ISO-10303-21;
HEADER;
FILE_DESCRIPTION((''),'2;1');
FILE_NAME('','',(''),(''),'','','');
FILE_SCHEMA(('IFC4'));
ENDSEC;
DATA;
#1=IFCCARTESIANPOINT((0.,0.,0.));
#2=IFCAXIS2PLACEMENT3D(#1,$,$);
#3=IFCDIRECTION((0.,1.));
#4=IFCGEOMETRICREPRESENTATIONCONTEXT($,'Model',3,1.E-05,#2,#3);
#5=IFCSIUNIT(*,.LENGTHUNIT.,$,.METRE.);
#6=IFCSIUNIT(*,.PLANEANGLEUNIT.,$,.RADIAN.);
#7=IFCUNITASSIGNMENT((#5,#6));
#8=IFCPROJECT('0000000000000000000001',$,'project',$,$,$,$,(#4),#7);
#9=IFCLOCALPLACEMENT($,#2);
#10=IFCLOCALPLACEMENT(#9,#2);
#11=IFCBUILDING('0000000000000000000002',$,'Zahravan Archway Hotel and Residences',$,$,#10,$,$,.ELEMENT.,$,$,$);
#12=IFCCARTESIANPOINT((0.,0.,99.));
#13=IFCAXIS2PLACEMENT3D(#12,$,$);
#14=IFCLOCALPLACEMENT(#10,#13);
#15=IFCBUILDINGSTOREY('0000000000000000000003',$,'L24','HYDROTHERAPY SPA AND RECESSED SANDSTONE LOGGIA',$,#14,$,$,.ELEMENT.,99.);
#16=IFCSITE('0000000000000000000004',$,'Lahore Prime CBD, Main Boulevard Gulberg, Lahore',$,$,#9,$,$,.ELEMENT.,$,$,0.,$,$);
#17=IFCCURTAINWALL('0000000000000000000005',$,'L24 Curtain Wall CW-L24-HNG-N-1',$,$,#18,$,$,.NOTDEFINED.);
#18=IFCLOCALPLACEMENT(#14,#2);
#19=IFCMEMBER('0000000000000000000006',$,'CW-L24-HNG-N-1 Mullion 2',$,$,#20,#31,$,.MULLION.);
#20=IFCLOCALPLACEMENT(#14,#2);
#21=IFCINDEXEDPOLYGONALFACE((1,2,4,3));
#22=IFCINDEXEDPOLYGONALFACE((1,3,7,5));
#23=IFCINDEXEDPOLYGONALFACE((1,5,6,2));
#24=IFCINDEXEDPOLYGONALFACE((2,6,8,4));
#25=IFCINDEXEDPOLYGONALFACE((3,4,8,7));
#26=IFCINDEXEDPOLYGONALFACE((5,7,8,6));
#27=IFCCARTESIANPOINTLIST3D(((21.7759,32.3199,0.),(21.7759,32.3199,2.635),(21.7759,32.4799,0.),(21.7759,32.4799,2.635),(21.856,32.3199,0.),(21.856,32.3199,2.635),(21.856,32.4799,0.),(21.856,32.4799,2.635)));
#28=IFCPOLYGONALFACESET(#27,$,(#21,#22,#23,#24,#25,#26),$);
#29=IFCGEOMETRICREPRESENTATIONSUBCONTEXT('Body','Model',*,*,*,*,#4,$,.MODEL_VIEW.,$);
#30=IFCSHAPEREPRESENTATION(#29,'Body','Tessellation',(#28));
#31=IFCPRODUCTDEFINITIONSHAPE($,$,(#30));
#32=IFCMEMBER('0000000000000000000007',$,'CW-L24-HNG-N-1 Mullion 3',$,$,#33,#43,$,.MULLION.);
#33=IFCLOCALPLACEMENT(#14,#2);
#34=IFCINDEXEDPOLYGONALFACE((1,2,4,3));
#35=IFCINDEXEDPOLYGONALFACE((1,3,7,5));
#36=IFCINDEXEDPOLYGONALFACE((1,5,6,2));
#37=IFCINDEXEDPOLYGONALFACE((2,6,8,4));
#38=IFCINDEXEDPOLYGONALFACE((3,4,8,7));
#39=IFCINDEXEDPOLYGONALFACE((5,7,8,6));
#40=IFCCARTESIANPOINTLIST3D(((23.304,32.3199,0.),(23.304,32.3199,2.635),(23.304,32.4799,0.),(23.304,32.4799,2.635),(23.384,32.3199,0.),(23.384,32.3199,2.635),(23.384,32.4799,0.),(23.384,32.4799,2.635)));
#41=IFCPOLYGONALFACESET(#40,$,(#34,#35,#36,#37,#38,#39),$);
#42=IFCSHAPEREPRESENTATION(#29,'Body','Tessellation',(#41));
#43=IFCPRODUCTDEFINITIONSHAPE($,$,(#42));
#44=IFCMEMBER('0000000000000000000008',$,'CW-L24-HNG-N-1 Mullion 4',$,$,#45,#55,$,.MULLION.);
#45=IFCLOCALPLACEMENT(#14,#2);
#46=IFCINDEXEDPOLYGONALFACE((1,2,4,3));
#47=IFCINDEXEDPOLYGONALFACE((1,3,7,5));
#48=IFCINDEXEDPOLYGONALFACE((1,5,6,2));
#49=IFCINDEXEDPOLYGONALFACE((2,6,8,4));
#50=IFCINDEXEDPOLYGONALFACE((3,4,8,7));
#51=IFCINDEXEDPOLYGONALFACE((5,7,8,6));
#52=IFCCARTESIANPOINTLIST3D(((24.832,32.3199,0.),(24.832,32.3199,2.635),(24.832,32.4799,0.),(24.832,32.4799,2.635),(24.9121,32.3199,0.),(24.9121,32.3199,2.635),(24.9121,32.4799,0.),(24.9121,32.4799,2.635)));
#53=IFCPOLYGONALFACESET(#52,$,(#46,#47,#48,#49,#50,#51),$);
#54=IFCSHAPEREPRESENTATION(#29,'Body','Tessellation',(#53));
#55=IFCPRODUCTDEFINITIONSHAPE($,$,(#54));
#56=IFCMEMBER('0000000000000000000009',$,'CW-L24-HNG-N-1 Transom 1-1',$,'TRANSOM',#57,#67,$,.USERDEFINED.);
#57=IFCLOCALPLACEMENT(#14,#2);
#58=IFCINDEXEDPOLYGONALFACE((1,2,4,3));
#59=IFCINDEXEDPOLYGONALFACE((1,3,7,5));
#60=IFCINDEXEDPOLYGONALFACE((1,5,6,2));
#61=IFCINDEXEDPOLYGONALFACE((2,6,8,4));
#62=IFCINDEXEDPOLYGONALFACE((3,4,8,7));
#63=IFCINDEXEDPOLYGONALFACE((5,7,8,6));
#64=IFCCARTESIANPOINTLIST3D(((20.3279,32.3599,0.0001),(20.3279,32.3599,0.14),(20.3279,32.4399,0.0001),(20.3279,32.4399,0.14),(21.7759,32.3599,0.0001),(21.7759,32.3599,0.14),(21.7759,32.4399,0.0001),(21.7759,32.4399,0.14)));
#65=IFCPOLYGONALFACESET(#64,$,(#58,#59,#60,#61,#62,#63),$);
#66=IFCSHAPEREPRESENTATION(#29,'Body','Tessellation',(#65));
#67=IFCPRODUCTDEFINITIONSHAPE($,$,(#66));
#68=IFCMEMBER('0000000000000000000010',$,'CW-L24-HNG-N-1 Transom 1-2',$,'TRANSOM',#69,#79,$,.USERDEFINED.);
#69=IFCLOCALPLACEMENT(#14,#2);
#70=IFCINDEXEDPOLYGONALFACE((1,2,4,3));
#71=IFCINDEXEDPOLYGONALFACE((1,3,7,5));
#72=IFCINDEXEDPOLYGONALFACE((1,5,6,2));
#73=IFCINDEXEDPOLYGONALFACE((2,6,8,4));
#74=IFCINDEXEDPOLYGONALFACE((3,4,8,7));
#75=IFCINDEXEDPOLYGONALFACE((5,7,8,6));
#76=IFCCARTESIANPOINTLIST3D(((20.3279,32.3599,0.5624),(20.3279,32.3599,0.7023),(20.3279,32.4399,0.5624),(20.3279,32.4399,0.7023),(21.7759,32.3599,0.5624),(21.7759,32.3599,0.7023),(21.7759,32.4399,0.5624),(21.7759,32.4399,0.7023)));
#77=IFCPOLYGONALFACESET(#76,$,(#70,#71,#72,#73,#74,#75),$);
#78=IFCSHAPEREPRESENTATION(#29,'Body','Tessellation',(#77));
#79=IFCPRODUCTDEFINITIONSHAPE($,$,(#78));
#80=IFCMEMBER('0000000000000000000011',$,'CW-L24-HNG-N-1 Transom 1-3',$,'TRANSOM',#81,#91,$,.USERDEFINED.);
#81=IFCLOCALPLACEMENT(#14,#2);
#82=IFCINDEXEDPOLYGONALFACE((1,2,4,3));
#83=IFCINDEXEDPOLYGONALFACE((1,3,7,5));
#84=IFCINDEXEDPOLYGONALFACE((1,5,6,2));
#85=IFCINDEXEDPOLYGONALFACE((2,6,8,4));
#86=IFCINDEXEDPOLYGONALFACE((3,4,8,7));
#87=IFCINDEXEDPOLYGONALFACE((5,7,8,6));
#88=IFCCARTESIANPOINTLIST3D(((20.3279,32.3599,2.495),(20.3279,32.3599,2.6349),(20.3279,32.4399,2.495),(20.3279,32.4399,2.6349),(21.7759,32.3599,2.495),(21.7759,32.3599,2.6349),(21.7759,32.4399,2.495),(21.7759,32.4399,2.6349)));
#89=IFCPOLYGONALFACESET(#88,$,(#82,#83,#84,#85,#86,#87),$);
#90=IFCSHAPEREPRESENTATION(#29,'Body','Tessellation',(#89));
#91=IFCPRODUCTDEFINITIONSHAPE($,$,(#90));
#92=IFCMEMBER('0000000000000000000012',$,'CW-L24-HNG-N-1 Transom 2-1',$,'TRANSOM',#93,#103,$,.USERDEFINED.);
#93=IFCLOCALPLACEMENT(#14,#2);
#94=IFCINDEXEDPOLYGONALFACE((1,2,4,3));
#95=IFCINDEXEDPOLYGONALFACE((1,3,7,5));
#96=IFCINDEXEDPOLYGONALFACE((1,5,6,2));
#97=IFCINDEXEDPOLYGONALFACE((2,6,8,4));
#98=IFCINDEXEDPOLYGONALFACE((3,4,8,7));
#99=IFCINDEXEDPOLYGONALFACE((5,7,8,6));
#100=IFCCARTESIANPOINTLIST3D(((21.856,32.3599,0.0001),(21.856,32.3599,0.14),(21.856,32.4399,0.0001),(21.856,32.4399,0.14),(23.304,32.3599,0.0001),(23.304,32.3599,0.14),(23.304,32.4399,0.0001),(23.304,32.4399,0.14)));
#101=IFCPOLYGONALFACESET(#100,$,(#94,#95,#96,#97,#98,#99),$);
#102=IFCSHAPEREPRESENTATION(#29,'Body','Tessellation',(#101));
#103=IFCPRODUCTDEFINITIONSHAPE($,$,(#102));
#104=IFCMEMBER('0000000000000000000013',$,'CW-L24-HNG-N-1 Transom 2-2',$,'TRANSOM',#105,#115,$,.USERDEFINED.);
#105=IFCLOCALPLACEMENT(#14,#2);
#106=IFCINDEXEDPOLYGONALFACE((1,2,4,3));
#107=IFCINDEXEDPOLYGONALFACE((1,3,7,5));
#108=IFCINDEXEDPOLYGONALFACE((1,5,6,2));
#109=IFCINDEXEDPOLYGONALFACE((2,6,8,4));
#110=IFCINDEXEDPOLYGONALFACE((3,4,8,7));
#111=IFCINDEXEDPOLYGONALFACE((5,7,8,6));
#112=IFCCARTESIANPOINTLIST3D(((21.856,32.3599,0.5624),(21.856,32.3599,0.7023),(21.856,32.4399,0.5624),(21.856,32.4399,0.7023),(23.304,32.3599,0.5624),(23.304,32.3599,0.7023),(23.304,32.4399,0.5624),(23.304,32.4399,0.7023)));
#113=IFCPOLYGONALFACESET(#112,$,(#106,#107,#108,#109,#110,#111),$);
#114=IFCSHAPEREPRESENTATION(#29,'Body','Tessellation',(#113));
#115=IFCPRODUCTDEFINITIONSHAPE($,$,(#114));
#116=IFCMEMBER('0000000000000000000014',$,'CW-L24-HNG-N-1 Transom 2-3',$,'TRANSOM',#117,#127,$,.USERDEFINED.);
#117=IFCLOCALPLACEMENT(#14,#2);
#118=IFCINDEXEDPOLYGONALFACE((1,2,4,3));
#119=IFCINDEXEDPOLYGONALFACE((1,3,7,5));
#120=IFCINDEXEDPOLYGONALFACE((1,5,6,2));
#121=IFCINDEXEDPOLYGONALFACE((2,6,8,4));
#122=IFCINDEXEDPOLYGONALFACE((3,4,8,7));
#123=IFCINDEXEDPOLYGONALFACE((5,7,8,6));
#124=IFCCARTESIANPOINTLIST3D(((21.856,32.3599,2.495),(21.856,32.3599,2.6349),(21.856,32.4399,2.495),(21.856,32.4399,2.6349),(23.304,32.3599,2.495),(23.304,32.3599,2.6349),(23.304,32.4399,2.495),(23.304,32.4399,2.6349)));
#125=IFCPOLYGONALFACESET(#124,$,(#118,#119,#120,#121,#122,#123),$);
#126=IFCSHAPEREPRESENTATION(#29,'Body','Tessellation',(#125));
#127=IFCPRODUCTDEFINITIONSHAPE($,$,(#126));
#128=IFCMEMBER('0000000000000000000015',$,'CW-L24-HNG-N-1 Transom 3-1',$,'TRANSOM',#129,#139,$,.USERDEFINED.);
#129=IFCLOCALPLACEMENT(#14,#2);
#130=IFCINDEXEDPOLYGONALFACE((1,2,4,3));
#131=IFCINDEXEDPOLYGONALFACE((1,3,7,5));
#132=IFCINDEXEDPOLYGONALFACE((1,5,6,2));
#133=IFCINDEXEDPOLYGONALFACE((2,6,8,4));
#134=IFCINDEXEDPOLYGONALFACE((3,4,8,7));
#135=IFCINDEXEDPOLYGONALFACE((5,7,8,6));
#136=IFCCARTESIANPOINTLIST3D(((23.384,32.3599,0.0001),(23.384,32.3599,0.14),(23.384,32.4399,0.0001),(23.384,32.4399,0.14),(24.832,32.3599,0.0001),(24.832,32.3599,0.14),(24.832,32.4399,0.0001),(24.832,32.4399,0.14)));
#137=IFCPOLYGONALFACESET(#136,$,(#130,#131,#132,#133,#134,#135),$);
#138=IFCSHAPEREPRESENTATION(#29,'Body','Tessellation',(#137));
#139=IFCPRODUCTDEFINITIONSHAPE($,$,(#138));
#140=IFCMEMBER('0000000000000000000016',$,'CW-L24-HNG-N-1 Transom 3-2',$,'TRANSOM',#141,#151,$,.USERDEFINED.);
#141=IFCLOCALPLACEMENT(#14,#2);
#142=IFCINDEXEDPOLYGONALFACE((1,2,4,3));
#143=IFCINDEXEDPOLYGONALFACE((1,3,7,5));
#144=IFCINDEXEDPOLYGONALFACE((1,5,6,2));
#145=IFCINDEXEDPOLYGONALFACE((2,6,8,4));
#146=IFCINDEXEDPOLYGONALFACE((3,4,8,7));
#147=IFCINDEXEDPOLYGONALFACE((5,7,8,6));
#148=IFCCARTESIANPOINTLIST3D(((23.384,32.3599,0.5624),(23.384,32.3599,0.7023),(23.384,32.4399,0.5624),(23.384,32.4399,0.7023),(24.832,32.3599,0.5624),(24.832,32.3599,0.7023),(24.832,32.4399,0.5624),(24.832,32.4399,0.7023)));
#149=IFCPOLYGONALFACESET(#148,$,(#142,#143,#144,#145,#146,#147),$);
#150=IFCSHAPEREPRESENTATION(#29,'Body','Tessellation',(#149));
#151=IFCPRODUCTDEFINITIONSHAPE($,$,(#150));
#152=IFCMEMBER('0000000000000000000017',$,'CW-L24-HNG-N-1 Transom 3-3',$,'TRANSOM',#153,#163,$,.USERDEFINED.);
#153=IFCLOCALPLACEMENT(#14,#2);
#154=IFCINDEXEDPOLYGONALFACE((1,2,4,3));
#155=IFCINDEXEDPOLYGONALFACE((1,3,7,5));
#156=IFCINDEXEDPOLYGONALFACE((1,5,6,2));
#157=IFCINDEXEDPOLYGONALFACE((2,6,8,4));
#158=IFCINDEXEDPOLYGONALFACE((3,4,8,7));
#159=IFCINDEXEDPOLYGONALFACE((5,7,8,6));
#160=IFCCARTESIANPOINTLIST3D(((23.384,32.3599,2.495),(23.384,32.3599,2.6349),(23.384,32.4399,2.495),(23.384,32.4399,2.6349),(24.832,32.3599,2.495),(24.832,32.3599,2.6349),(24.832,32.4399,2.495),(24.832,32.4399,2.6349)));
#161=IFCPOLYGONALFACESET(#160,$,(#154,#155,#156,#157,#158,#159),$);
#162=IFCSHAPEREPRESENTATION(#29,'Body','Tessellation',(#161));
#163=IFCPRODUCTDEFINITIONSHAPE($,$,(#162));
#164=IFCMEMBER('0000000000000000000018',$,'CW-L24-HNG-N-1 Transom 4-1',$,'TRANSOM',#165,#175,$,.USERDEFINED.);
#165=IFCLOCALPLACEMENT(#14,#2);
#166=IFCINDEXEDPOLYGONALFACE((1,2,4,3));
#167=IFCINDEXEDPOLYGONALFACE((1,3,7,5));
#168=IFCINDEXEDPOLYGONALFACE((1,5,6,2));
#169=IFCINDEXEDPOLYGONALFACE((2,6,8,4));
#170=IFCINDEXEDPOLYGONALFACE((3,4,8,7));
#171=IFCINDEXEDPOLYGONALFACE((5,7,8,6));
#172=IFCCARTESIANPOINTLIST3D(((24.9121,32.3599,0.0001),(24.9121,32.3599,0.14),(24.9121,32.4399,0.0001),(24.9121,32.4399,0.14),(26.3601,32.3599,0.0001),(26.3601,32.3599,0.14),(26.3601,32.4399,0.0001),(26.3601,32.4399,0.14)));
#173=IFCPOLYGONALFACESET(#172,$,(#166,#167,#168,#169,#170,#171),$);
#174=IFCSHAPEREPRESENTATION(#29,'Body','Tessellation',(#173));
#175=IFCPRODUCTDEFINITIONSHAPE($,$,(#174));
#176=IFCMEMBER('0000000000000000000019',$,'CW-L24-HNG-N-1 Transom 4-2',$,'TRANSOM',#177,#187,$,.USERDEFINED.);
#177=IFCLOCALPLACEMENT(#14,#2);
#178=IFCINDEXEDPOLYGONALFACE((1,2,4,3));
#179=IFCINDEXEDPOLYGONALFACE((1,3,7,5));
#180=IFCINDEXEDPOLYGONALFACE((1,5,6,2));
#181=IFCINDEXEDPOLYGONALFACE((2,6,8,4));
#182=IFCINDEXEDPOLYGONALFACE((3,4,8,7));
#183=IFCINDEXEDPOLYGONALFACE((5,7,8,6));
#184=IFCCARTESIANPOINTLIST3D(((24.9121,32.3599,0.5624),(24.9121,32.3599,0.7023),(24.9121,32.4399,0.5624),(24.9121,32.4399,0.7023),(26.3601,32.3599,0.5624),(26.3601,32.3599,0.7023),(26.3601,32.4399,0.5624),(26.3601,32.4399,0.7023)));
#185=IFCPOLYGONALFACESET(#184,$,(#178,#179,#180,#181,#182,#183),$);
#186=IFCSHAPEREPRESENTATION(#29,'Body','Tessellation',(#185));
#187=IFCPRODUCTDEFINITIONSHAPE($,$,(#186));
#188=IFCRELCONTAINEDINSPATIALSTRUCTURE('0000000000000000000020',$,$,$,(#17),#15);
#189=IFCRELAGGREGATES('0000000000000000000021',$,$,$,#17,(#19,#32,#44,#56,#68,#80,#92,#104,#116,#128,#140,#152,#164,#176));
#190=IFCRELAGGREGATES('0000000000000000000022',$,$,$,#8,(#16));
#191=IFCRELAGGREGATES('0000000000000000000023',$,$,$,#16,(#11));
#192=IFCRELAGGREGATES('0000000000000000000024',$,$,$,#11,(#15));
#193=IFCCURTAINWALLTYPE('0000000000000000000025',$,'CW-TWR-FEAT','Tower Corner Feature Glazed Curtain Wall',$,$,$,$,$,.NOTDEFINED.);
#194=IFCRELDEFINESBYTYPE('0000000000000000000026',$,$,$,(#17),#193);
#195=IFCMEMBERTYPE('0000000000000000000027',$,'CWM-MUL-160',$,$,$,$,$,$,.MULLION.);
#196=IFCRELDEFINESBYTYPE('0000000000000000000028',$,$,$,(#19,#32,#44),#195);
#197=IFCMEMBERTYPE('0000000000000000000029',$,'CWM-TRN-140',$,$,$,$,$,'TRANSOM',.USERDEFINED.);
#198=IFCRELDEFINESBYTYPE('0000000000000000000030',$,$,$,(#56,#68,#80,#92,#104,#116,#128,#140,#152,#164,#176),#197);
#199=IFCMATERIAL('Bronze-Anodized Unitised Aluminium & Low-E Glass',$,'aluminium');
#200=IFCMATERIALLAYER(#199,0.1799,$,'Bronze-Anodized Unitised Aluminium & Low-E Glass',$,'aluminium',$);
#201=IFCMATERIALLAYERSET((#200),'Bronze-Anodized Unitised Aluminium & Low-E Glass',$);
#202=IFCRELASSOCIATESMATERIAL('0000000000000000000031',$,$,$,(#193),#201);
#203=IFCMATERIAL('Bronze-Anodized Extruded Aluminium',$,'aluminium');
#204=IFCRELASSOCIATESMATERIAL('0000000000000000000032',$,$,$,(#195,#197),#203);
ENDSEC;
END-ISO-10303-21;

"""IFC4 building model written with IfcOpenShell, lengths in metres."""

from ifc_helpers import new_model, si_unit, direction, frame, origin, origin_2d, place, context, subcontext, project, spatial, rectangle, extrude, source, transform, mapped, material, layer, layer_set, material_profile, profile_set, type_object, element, aggregate, save


model = new_model("IFC4")

# Units and contexts
model_context = context("Model", 3, precision=1e-05, world=origin(), true_north=direction((0.0, 1.0)))
body_context = subcontext(model_context, "Body", "Model", "MODEL_VIEW")
ifc_project = project(units=[si_unit("LENGTHUNIT", "METRE"), si_unit("PLANEANGLEUNIT", "RADIAN")], contexts=[model_context])

# Site, building, storey
site_placement = place(None, origin())
site = spatial("IfcSite", under=ifc_project, at=site_placement, Name="Lahore Prime CBD, Main Boulevard Gulberg, Lahore", CompositionType="ELEMENT", RefElevation=0.0)
building_placement = place(site_placement, origin())
building = spatial("IfcBuilding", under=site, at=building_placement, Name="Zahravan Archway Hotel and Residences", CompositionType="ELEMENT")
storey_placement = place(building_placement, frame((0.0, 0.0, 99.0)))
storey = spatial("IfcBuildingStorey", under=building, at=storey_placement, Name="L24", Description="HYDROTHERAPY SPA AND RECESSED SANDSTONE LOGGIA", CompositionType="ELEMENT", Elevation=99.0)

# Curtain wall, members
ifc_material_1 = material(Name="Bronze-Anodized Unitised Aluminium & Low-E Glass", Category="aluminium")
ifc_layer_1 = layer(ifc_material_1, 0.1799, Name="Bronze-Anodized Unitised Aluminium & Low-E Glass", Category="aluminium")
ifc_layer_set_1 = layer_set([ifc_layer_1], Name="Bronze-Anodized Unitised Aluminium & Low-E Glass")
curtain_wall_type = type_object("IfcCurtainWallType", Name="CW-TWR-FEAT", Description="Tower Corner Feature Glazed Curtain Wall", PredefinedType="NOTDEFINED", material=ifc_layer_set_1)
curtain_wall_placement = place(storey_placement, origin())
curtain_wall = element("IfcCurtainWall", 1, at=curtain_wall_placement, inside=storey, type_object=curtain_wall_type, Name="L24 Curtain Wall CW-L24-HNG-N-1", PredefinedType="NOTDEFINED")
ifc_material_2 = material(Name="Bronze-Anodized Extruded Aluminium", Category="aluminium")
ifc_material_profile_1 = material_profile(ifc_material_2, rectangle(XDim=0.0801, YDim=0.1599, at=origin_2d()), Name="MUL 80x160", Category="aluminium")
ifc_profile_set_1 = profile_set([ifc_material_profile_1], Name="Bronze-Anodized Extruded Aluminium")
member_type_1 = type_object("IfcMemberType", Name="CWM-MUL-160", PredefinedType="MULLION", material=ifc_profile_set_1)
shared_shape_1 = source(origin(), body_context, "Body", "SweptSolid", [
    extrude(rectangle(XDim=0.0801, YDim=0.1599, at=origin_2d()), origin(), (0.0, 0.0, 1.0), 2.635),
])
member_1_placement = place(storey_placement, frame((21.8159, 32.3999, 0.0), z_axis=(0.0, 0.0, 1.0), x_axis=(1.0, 0.0, 0.0)))
member_1 = element("IfcMember", 2, at=member_1_placement, type_object=member_type_1, Name="CW-L24-HNG-N-1 Mullion 2", PredefinedType="MULLION", context=body_context, shape_type="MappedRepresentation", body=[
    mapped(shared_shape_1, transform((0.0, 0.0, 0.0), scale=1.0)),
])
member_2_placement = place(storey_placement, frame((23.344, 32.3999, 0.0), z_axis=(0.0, 0.0, 1.0), x_axis=(1.0, 0.0, 0.0)))
member_2 = element("IfcMember", 3, at=member_2_placement, type_object=member_type_1, Name="CW-L24-HNG-N-1 Mullion 3", PredefinedType="MULLION", context=body_context, shape_type="MappedRepresentation", body=[
    mapped(shared_shape_1, transform((0.0, 0.0, 0.0), scale=1.0)),
])
member_3_placement = place(storey_placement, frame((24.8721, 32.3999, 0.0), z_axis=(0.0, 0.0, 1.0), x_axis=(1.0, 0.0, 0.0)))
member_3 = element("IfcMember", 4, at=member_3_placement, type_object=member_type_1, Name="CW-L24-HNG-N-1 Mullion 4", PredefinedType="MULLION", context=body_context, shape_type="MappedRepresentation", body=[
    mapped(shared_shape_1, transform((0.0, 0.0, 0.0), scale=1.0)),
])
ifc_material_profile_2 = material_profile(ifc_material_2, rectangle(XDim=0.0801, YDim=0.1399, at=origin_2d()), Name="TRN 80x140", Category="aluminium")
ifc_profile_set_2 = profile_set([ifc_material_profile_2], Name="Bronze-Anodized Extruded Aluminium")
member_type_2 = type_object("IfcMemberType", Name="CWM-TRN-140", ElementType="TRANSOM", PredefinedType="USERDEFINED", material=ifc_profile_set_2)
shared_shape_2 = source(origin(), body_context, "Body", "SweptSolid", [
    extrude(rectangle(XDim=0.0801, YDim=0.1399, at=origin_2d()), origin(), (0.0, 0.0, 1.0), 1.448),
])
member_4_placement = place(storey_placement, frame((20.3279, 32.3999, 0.0701), z_axis=(1.0, 0.0, 0.0), x_axis=(0.0, 1.0, 0.0)))
member_4 = element("IfcMember", 5, at=member_4_placement, type_object=member_type_2, Name="CW-L24-HNG-N-1 Transom 1-1", ObjectType="TRANSOM", PredefinedType="USERDEFINED", context=body_context, shape_type="MappedRepresentation", body=[
    mapped(shared_shape_2, transform((0.0, 0.0, 0.0), scale=1.0)),
])
member_5_placement = place(storey_placement, frame((20.3279, 32.3999, 0.6323), z_axis=(1.0, 0.0, 0.0), x_axis=(0.0, 1.0, 0.0)))
member_5 = element("IfcMember", 6, at=member_5_placement, type_object=member_type_2, Name="CW-L24-HNG-N-1 Transom 1-2", ObjectType="TRANSOM", PredefinedType="USERDEFINED", context=body_context, shape_type="MappedRepresentation", body=[
    mapped(shared_shape_2, transform((0.0, 0.0, 0.0), scale=1.0)),
])
member_6_placement = place(storey_placement, frame((20.3279, 32.3999, 2.5649), z_axis=(1.0, 0.0, 0.0), x_axis=(0.0, 1.0, 0.0)))
member_6 = element("IfcMember", 7, at=member_6_placement, type_object=member_type_2, Name="CW-L24-HNG-N-1 Transom 1-3", ObjectType="TRANSOM", PredefinedType="USERDEFINED", context=body_context, shape_type="MappedRepresentation", body=[
    mapped(shared_shape_2, transform((0.0, 0.0, 0.0), scale=1.0)),
])
member_7_placement = place(storey_placement, frame((21.856, 32.3999, 0.0701), z_axis=(1.0, 0.0, 0.0), x_axis=(0.0, 1.0, 0.0)))
member_7 = element("IfcMember", 8, at=member_7_placement, type_object=member_type_2, Name="CW-L24-HNG-N-1 Transom 2-1", ObjectType="TRANSOM", PredefinedType="USERDEFINED", context=body_context, shape_type="MappedRepresentation", body=[
    mapped(shared_shape_2, transform((0.0, 0.0, 0.0), scale=1.0)),
])
member_8_placement = place(storey_placement, frame((21.856, 32.3999, 0.6323), z_axis=(1.0, 0.0, 0.0), x_axis=(0.0, 1.0, 0.0)))
member_8 = element("IfcMember", 9, at=member_8_placement, type_object=member_type_2, Name="CW-L24-HNG-N-1 Transom 2-2", ObjectType="TRANSOM", PredefinedType="USERDEFINED", context=body_context, shape_type="MappedRepresentation", body=[
    mapped(shared_shape_2, transform((0.0, 0.0, 0.0), scale=1.0)),
])
member_9_placement = place(storey_placement, frame((21.856, 32.3999, 2.5649), z_axis=(1.0, 0.0, 0.0), x_axis=(0.0, 1.0, 0.0)))
member_9 = element("IfcMember", 10, at=member_9_placement, type_object=member_type_2, Name="CW-L24-HNG-N-1 Transom 2-3", ObjectType="TRANSOM", PredefinedType="USERDEFINED", context=body_context, shape_type="MappedRepresentation", body=[
    mapped(shared_shape_2, transform((0.0, 0.0, 0.0), scale=1.0)),
])
member_10_placement = place(storey_placement, frame((23.384, 32.3999, 0.0701), z_axis=(1.0, 0.0, 0.0), x_axis=(0.0, 1.0, 0.0)))
member_10 = element("IfcMember", 11, at=member_10_placement, type_object=member_type_2, Name="CW-L24-HNG-N-1 Transom 3-1", ObjectType="TRANSOM", PredefinedType="USERDEFINED", context=body_context, shape_type="MappedRepresentation", body=[
    mapped(shared_shape_2, transform((0.0, 0.0, 0.0), scale=1.0)),
])
member_11_placement = place(storey_placement, frame((23.384, 32.3999, 0.6323), z_axis=(1.0, 0.0, 0.0), x_axis=(0.0, 1.0, 0.0)))
member_11 = element("IfcMember", 12, at=member_11_placement, type_object=member_type_2, Name="CW-L24-HNG-N-1 Transom 3-2", ObjectType="TRANSOM", PredefinedType="USERDEFINED", context=body_context, shape_type="MappedRepresentation", body=[
    mapped(shared_shape_2, transform((0.0, 0.0, 0.0), scale=1.0)),
])
member_12_placement = place(storey_placement, frame((23.384, 32.3999, 2.5649), z_axis=(1.0, 0.0, 0.0), x_axis=(0.0, 1.0, 0.0)))
member_12 = element("IfcMember", 13, at=member_12_placement, type_object=member_type_2, Name="CW-L24-HNG-N-1 Transom 3-3", ObjectType="TRANSOM", PredefinedType="USERDEFINED", context=body_context, shape_type="MappedRepresentation", body=[
    mapped(shared_shape_2, transform((0.0, 0.0, 0.0), scale=1.0)),
])
member_13_placement = place(storey_placement, frame((24.9121, 32.3999, 0.0701), z_axis=(1.0, 0.0, 0.0), x_axis=(0.0, 1.0, 0.0)))
member_13 = element("IfcMember", 14, at=member_13_placement, type_object=member_type_2, Name="CW-L24-HNG-N-1 Transom 4-1", ObjectType="TRANSOM", PredefinedType="USERDEFINED", context=body_context, shape_type="MappedRepresentation", body=[
    mapped(shared_shape_2, transform((0.0, 0.0, 0.0), scale=1.0)),
])
member_14_placement = place(storey_placement, frame((24.9121, 32.3999, 0.6323), z_axis=(1.0, 0.0, 0.0), x_axis=(0.0, 1.0, 0.0)))
member_14 = element("IfcMember", 15, at=member_14_placement, type_object=member_type_2, Name="CW-L24-HNG-N-1 Transom 4-2", ObjectType="TRANSOM", PredefinedType="USERDEFINED", context=body_context, shape_type="MappedRepresentation", body=[
    mapped(shared_shape_2, transform((0.0, 0.0, 0.0), scale=1.0)),
])
aggregate(curtain_wall, [member_1, member_2, member_3, member_4, member_5, member_6, member_7, member_8, member_9, member_10, member_11, member_12, member_13, member_14])

save(model, "model.ifc")
